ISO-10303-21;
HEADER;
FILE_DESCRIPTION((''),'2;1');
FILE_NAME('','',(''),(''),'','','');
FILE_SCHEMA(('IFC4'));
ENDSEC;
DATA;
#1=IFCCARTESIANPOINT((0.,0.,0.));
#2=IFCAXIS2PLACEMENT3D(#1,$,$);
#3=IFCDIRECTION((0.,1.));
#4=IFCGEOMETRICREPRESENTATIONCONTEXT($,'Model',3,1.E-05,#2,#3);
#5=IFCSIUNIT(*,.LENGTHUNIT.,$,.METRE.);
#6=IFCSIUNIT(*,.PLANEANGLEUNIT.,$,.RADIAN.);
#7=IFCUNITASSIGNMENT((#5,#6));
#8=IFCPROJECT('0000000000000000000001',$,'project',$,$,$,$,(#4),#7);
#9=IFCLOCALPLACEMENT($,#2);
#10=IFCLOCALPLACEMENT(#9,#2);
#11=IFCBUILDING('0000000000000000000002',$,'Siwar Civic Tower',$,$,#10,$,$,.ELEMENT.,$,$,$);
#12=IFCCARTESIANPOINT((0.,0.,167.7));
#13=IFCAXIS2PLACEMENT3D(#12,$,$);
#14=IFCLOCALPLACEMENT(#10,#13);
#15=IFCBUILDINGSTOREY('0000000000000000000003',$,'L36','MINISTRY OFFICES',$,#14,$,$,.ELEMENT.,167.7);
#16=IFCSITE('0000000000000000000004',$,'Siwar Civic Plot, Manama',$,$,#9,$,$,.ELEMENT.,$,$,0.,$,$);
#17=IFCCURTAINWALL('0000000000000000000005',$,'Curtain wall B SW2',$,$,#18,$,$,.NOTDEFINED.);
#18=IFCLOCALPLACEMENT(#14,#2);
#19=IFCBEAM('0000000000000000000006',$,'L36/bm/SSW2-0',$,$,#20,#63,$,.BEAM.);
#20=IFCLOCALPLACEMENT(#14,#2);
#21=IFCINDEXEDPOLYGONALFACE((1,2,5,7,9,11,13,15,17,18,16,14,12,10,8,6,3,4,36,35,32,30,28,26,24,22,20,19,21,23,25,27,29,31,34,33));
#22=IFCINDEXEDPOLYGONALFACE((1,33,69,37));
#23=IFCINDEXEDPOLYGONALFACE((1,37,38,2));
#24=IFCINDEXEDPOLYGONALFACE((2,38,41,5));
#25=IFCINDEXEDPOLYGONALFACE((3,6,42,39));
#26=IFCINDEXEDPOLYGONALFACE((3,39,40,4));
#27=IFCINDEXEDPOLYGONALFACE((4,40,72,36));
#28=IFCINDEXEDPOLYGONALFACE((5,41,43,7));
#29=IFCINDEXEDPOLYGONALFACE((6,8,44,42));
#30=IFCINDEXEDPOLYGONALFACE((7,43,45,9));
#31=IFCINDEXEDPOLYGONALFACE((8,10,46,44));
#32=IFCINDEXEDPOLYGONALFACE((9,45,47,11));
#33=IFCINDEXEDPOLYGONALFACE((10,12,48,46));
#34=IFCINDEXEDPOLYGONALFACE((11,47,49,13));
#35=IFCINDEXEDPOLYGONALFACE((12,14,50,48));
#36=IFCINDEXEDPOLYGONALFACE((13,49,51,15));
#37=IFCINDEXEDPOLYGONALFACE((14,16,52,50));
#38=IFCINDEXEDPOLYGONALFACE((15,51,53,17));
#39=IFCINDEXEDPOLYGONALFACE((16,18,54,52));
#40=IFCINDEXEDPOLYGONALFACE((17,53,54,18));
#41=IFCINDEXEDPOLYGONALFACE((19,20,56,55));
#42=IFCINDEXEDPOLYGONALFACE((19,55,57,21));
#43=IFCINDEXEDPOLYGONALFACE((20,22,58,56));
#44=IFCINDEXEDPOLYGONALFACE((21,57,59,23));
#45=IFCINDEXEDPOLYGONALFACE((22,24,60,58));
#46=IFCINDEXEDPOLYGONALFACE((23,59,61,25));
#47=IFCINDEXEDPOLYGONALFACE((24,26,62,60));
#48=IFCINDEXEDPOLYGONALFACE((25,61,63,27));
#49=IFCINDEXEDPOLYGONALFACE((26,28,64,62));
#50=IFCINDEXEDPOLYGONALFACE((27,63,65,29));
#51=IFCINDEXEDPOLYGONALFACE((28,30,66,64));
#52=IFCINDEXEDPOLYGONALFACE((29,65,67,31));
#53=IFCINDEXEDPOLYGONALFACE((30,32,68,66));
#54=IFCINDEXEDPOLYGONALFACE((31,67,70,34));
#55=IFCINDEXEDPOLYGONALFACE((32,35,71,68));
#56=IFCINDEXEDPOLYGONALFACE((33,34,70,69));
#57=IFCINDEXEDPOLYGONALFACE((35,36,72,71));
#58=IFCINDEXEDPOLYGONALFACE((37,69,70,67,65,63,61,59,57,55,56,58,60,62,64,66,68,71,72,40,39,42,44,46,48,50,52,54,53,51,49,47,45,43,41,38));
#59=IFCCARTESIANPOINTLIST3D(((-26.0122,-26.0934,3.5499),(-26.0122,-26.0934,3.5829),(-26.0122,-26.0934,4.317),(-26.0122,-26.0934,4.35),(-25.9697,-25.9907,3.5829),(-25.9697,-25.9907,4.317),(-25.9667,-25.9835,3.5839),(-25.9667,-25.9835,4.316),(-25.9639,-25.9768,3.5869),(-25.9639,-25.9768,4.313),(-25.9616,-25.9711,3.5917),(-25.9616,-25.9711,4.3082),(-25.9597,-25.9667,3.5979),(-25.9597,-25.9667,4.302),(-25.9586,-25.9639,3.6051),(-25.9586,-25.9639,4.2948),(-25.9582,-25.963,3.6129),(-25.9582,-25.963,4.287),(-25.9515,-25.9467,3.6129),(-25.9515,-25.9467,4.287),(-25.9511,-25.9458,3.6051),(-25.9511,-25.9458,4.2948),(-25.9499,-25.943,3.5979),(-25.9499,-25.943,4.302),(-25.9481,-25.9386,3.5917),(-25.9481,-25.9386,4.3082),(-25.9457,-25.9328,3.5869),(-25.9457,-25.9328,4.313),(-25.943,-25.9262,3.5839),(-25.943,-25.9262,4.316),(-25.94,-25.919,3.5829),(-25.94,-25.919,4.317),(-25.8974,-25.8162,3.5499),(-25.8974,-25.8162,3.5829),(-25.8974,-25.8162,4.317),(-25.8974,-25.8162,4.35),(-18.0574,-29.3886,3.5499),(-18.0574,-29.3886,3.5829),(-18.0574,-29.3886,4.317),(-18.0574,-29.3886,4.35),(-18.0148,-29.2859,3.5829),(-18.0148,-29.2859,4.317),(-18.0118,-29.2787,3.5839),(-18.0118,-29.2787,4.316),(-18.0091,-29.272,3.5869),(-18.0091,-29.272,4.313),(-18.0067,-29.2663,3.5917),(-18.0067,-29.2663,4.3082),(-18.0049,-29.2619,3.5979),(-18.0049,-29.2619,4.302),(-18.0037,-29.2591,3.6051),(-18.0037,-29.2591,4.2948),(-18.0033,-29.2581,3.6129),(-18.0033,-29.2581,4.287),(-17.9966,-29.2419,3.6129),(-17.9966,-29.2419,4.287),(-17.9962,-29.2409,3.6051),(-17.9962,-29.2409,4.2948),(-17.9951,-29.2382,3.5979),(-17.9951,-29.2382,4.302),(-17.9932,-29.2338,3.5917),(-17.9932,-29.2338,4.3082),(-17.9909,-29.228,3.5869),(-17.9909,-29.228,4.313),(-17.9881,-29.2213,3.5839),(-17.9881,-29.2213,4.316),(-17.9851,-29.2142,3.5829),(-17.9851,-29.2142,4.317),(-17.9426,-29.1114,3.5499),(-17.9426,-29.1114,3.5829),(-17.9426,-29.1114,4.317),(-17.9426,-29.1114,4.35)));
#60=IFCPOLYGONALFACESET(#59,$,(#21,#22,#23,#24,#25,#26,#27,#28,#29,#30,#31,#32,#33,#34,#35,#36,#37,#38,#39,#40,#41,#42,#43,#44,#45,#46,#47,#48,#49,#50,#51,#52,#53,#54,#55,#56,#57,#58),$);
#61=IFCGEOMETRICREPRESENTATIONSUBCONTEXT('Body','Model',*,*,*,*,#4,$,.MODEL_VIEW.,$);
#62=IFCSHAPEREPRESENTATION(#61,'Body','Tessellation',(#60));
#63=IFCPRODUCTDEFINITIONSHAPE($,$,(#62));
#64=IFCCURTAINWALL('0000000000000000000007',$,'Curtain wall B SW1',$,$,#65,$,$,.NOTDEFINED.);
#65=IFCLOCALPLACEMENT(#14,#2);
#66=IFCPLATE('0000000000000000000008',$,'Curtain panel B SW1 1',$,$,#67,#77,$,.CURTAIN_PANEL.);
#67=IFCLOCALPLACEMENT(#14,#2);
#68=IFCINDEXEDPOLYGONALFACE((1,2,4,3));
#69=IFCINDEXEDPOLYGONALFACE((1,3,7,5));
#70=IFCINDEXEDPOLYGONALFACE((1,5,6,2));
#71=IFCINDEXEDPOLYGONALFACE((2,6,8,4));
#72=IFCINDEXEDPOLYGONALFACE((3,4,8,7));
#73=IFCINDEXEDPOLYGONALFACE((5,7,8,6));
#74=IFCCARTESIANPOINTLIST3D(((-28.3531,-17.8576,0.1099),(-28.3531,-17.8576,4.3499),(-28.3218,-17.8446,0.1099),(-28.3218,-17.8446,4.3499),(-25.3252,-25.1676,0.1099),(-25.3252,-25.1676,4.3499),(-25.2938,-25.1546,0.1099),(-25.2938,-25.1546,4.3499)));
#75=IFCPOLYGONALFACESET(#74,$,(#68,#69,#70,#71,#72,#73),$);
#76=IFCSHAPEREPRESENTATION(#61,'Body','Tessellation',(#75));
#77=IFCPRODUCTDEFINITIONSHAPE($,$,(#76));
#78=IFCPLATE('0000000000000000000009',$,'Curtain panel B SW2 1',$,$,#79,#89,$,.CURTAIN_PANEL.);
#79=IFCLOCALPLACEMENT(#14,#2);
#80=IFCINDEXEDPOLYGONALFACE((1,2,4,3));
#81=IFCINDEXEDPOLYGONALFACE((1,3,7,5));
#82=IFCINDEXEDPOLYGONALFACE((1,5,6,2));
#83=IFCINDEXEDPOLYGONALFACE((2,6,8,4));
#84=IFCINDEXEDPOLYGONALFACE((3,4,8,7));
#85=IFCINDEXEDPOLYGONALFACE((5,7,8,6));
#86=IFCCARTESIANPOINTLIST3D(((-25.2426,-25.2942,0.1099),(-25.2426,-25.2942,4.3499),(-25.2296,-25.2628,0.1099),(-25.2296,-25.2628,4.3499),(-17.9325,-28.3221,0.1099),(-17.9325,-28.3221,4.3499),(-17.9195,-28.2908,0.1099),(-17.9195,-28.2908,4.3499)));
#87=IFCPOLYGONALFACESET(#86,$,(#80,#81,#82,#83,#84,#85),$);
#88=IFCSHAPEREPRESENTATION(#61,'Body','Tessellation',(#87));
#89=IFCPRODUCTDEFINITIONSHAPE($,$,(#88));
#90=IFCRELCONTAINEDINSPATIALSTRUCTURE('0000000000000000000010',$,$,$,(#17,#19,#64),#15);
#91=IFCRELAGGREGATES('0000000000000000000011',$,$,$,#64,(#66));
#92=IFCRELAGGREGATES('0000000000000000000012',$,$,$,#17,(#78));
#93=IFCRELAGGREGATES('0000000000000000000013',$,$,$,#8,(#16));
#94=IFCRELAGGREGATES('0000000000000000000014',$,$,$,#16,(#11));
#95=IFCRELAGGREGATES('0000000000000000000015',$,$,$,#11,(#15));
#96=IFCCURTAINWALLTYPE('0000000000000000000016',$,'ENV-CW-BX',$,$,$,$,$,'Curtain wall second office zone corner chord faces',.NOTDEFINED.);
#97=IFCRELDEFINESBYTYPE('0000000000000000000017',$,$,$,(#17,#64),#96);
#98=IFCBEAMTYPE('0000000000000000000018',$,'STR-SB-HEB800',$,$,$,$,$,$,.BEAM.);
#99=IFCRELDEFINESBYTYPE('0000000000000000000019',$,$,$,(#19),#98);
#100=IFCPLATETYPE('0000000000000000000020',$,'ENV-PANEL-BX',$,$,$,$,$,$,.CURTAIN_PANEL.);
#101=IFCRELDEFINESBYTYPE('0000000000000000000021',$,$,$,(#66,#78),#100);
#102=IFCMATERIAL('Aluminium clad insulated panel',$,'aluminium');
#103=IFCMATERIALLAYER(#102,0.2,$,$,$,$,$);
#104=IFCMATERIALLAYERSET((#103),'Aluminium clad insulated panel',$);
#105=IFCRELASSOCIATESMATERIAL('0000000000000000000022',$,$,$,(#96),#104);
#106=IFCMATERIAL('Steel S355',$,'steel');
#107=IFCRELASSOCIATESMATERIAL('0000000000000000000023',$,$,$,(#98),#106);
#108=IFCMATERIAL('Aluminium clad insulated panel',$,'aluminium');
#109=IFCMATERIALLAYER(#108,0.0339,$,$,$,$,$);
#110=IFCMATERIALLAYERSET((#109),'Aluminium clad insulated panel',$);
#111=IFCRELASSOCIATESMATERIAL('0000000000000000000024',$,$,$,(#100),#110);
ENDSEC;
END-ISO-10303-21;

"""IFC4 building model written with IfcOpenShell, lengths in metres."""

from ifc_helpers import new_model, si_unit, direction, frame, origin, origin_2d, place, context, subcontext, project, spatial, rectangle, i_section, extrude, material, layer, layer_set, material_profile, profile_set, type_object, element, aggregate, save


model = new_model("IFC4")

# Units and contexts
model_context = context("Model", 3, precision=1e-05, world=origin(), true_north=direction((0.0, 1.0)))
body_context = subcontext(model_context, "Body", "Model", "MODEL_VIEW")
ifc_project = project(units=[si_unit("LENGTHUNIT", "METRE"), si_unit("PLANEANGLEUNIT", "RADIAN")], contexts=[model_context])

# Site, building, storey
site_placement = place(None, origin())
site = spatial("IfcSite", under=ifc_project, at=site_placement, Name="Siwar Civic Plot, Manama", CompositionType="ELEMENT", RefElevation=0.0)
building_placement = place(site_placement, origin())
building = spatial("IfcBuilding", under=site, at=building_placement, Name="Siwar Civic Tower", CompositionType="ELEMENT")
storey_placement = place(building_placement, frame((0.0, 0.0, 167.7)))
storey = spatial("IfcBuildingStorey", under=building, at=storey_placement, Name="L36", Description="MINISTRY OFFICES", CompositionType="ELEMENT", Elevation=167.7)

# Curtain wall
ifc_material_1 = material(Name="Aluminium clad insulated panel", Category="aluminium")
ifc_layer_1 = layer(ifc_material_1, 0.2)
ifc_layer_set_1 = layer_set([ifc_layer_1], Name="Aluminium clad insulated panel")
curtain_wall_type = type_object("IfcCurtainWallType", Name="ENV-CW-BX", ElementType="Curtain wall second office zone corner chord faces", PredefinedType="NOTDEFINED", material=ifc_layer_set_1)
curtain_wall_1_placement = place(storey_placement, origin())
curtain_wall_1 = element("IfcCurtainWall", 1, at=curtain_wall_1_placement, inside=storey, type_object=curtain_wall_type, Name="Curtain wall B SW2", PredefinedType="NOTDEFINED")

# Beam
ifc_material_2 = material(Name="Steel S355", Category="steel")
ifc_material_profile_1 = material_profile(ifc_material_2, i_section(OverallWidth=0.3, OverallDepth=0.8, WebThickness=0.0176, FlangeThickness=0.033, FilletRadius=0.03, at=origin_2d()), Name="HEB800")
ifc_profile_set_1 = profile_set([ifc_material_profile_1], Name="Steel S355")
beam_type_1 = type_object("IfcBeamType", Name="STR-SB-HEB800", PredefinedType="BEAM", material=ifc_profile_set_1)
beam_1_placement = place(storey_placement, frame((-25.9548, -25.9548, 3.95), z_axis=(0.923873, -0.3827, 0.0), x_axis=(0.3827, 0.923873, 0.0)))
element("IfcBeam", 2, at=beam_1_placement, inside=storey, type_object=beam_type_1, Name="L36/bm/SSW2-0", PredefinedType="BEAM", context=body_context, shape_type="SweptSolid", body=[
    extrude(i_section(OverallWidth=0.3, OverallDepth=0.8, WebThickness=0.0176, FlangeThickness=0.033, FilletRadius=0.03, at=origin_2d()), origin(), (0.0, 0.0, 1.0), 8.6104),
])

# Curtain wall, plate
curtain_wall_2_placement = place(storey_placement, origin())
curtain_wall_2 = element("IfcCurtainWall", 3, at=curtain_wall_2_placement, inside=storey, type_object=curtain_wall_type, Name="Curtain wall B SW1", PredefinedType="NOTDEFINED")
ifc_material_3 = material(Name="Aluminium clad insulated panel", Category="aluminium")
ifc_layer_2 = layer(ifc_material_3, 0.0339)
ifc_layer_set_2 = layer_set([ifc_layer_2], Name="Aluminium clad insulated panel")
plate_type = type_object("IfcPlateType", Name="ENV-PANEL-BX", PredefinedType="CURTAIN_PANEL", material=ifc_layer_set_2)
plate_1_placement = place(storey_placement, frame((-26.8235, -21.5061, 0.1099), z_axis=(0.0, 0.0, 1.0), x_axis=(0.382683, -0.92388, 0.0)))
plate_1 = element("IfcPlate", 4, at=plate_1_placement, type_object=plate_type, Name="Curtain panel B SW1 1", PredefinedType="CURTAIN_PANEL", context=body_context, shape_type="SweptSolid", body=[
    extrude(rectangle(XDim=7.9124, YDim=0.0339, at=origin_2d()), origin(), (0.0, 0.0, 1.0), 4.24),
])
aggregate(curtain_wall_2, [plate_1])

# Plate
plate_2_placement = place(storey_placement, frame((-21.5811, -26.7925, 0.1099), z_axis=(0.0, 0.0, 1.0), x_axis=(0.92388, -0.382683, 0.0)))
plate_2 = element("IfcPlate", 5, at=plate_2_placement, type_object=plate_type, Name="Curtain panel B SW2 1", PredefinedType="CURTAIN_PANEL", context=body_context, shape_type="SweptSolid", body=[
    extrude(rectangle(XDim=7.9124, YDim=0.0339, at=origin_2d()), origin(), (0.0, 0.0, 1.0), 4.24),
])
aggregate(curtain_wall_1, [plate_2])

save(model, "model.ifc")
